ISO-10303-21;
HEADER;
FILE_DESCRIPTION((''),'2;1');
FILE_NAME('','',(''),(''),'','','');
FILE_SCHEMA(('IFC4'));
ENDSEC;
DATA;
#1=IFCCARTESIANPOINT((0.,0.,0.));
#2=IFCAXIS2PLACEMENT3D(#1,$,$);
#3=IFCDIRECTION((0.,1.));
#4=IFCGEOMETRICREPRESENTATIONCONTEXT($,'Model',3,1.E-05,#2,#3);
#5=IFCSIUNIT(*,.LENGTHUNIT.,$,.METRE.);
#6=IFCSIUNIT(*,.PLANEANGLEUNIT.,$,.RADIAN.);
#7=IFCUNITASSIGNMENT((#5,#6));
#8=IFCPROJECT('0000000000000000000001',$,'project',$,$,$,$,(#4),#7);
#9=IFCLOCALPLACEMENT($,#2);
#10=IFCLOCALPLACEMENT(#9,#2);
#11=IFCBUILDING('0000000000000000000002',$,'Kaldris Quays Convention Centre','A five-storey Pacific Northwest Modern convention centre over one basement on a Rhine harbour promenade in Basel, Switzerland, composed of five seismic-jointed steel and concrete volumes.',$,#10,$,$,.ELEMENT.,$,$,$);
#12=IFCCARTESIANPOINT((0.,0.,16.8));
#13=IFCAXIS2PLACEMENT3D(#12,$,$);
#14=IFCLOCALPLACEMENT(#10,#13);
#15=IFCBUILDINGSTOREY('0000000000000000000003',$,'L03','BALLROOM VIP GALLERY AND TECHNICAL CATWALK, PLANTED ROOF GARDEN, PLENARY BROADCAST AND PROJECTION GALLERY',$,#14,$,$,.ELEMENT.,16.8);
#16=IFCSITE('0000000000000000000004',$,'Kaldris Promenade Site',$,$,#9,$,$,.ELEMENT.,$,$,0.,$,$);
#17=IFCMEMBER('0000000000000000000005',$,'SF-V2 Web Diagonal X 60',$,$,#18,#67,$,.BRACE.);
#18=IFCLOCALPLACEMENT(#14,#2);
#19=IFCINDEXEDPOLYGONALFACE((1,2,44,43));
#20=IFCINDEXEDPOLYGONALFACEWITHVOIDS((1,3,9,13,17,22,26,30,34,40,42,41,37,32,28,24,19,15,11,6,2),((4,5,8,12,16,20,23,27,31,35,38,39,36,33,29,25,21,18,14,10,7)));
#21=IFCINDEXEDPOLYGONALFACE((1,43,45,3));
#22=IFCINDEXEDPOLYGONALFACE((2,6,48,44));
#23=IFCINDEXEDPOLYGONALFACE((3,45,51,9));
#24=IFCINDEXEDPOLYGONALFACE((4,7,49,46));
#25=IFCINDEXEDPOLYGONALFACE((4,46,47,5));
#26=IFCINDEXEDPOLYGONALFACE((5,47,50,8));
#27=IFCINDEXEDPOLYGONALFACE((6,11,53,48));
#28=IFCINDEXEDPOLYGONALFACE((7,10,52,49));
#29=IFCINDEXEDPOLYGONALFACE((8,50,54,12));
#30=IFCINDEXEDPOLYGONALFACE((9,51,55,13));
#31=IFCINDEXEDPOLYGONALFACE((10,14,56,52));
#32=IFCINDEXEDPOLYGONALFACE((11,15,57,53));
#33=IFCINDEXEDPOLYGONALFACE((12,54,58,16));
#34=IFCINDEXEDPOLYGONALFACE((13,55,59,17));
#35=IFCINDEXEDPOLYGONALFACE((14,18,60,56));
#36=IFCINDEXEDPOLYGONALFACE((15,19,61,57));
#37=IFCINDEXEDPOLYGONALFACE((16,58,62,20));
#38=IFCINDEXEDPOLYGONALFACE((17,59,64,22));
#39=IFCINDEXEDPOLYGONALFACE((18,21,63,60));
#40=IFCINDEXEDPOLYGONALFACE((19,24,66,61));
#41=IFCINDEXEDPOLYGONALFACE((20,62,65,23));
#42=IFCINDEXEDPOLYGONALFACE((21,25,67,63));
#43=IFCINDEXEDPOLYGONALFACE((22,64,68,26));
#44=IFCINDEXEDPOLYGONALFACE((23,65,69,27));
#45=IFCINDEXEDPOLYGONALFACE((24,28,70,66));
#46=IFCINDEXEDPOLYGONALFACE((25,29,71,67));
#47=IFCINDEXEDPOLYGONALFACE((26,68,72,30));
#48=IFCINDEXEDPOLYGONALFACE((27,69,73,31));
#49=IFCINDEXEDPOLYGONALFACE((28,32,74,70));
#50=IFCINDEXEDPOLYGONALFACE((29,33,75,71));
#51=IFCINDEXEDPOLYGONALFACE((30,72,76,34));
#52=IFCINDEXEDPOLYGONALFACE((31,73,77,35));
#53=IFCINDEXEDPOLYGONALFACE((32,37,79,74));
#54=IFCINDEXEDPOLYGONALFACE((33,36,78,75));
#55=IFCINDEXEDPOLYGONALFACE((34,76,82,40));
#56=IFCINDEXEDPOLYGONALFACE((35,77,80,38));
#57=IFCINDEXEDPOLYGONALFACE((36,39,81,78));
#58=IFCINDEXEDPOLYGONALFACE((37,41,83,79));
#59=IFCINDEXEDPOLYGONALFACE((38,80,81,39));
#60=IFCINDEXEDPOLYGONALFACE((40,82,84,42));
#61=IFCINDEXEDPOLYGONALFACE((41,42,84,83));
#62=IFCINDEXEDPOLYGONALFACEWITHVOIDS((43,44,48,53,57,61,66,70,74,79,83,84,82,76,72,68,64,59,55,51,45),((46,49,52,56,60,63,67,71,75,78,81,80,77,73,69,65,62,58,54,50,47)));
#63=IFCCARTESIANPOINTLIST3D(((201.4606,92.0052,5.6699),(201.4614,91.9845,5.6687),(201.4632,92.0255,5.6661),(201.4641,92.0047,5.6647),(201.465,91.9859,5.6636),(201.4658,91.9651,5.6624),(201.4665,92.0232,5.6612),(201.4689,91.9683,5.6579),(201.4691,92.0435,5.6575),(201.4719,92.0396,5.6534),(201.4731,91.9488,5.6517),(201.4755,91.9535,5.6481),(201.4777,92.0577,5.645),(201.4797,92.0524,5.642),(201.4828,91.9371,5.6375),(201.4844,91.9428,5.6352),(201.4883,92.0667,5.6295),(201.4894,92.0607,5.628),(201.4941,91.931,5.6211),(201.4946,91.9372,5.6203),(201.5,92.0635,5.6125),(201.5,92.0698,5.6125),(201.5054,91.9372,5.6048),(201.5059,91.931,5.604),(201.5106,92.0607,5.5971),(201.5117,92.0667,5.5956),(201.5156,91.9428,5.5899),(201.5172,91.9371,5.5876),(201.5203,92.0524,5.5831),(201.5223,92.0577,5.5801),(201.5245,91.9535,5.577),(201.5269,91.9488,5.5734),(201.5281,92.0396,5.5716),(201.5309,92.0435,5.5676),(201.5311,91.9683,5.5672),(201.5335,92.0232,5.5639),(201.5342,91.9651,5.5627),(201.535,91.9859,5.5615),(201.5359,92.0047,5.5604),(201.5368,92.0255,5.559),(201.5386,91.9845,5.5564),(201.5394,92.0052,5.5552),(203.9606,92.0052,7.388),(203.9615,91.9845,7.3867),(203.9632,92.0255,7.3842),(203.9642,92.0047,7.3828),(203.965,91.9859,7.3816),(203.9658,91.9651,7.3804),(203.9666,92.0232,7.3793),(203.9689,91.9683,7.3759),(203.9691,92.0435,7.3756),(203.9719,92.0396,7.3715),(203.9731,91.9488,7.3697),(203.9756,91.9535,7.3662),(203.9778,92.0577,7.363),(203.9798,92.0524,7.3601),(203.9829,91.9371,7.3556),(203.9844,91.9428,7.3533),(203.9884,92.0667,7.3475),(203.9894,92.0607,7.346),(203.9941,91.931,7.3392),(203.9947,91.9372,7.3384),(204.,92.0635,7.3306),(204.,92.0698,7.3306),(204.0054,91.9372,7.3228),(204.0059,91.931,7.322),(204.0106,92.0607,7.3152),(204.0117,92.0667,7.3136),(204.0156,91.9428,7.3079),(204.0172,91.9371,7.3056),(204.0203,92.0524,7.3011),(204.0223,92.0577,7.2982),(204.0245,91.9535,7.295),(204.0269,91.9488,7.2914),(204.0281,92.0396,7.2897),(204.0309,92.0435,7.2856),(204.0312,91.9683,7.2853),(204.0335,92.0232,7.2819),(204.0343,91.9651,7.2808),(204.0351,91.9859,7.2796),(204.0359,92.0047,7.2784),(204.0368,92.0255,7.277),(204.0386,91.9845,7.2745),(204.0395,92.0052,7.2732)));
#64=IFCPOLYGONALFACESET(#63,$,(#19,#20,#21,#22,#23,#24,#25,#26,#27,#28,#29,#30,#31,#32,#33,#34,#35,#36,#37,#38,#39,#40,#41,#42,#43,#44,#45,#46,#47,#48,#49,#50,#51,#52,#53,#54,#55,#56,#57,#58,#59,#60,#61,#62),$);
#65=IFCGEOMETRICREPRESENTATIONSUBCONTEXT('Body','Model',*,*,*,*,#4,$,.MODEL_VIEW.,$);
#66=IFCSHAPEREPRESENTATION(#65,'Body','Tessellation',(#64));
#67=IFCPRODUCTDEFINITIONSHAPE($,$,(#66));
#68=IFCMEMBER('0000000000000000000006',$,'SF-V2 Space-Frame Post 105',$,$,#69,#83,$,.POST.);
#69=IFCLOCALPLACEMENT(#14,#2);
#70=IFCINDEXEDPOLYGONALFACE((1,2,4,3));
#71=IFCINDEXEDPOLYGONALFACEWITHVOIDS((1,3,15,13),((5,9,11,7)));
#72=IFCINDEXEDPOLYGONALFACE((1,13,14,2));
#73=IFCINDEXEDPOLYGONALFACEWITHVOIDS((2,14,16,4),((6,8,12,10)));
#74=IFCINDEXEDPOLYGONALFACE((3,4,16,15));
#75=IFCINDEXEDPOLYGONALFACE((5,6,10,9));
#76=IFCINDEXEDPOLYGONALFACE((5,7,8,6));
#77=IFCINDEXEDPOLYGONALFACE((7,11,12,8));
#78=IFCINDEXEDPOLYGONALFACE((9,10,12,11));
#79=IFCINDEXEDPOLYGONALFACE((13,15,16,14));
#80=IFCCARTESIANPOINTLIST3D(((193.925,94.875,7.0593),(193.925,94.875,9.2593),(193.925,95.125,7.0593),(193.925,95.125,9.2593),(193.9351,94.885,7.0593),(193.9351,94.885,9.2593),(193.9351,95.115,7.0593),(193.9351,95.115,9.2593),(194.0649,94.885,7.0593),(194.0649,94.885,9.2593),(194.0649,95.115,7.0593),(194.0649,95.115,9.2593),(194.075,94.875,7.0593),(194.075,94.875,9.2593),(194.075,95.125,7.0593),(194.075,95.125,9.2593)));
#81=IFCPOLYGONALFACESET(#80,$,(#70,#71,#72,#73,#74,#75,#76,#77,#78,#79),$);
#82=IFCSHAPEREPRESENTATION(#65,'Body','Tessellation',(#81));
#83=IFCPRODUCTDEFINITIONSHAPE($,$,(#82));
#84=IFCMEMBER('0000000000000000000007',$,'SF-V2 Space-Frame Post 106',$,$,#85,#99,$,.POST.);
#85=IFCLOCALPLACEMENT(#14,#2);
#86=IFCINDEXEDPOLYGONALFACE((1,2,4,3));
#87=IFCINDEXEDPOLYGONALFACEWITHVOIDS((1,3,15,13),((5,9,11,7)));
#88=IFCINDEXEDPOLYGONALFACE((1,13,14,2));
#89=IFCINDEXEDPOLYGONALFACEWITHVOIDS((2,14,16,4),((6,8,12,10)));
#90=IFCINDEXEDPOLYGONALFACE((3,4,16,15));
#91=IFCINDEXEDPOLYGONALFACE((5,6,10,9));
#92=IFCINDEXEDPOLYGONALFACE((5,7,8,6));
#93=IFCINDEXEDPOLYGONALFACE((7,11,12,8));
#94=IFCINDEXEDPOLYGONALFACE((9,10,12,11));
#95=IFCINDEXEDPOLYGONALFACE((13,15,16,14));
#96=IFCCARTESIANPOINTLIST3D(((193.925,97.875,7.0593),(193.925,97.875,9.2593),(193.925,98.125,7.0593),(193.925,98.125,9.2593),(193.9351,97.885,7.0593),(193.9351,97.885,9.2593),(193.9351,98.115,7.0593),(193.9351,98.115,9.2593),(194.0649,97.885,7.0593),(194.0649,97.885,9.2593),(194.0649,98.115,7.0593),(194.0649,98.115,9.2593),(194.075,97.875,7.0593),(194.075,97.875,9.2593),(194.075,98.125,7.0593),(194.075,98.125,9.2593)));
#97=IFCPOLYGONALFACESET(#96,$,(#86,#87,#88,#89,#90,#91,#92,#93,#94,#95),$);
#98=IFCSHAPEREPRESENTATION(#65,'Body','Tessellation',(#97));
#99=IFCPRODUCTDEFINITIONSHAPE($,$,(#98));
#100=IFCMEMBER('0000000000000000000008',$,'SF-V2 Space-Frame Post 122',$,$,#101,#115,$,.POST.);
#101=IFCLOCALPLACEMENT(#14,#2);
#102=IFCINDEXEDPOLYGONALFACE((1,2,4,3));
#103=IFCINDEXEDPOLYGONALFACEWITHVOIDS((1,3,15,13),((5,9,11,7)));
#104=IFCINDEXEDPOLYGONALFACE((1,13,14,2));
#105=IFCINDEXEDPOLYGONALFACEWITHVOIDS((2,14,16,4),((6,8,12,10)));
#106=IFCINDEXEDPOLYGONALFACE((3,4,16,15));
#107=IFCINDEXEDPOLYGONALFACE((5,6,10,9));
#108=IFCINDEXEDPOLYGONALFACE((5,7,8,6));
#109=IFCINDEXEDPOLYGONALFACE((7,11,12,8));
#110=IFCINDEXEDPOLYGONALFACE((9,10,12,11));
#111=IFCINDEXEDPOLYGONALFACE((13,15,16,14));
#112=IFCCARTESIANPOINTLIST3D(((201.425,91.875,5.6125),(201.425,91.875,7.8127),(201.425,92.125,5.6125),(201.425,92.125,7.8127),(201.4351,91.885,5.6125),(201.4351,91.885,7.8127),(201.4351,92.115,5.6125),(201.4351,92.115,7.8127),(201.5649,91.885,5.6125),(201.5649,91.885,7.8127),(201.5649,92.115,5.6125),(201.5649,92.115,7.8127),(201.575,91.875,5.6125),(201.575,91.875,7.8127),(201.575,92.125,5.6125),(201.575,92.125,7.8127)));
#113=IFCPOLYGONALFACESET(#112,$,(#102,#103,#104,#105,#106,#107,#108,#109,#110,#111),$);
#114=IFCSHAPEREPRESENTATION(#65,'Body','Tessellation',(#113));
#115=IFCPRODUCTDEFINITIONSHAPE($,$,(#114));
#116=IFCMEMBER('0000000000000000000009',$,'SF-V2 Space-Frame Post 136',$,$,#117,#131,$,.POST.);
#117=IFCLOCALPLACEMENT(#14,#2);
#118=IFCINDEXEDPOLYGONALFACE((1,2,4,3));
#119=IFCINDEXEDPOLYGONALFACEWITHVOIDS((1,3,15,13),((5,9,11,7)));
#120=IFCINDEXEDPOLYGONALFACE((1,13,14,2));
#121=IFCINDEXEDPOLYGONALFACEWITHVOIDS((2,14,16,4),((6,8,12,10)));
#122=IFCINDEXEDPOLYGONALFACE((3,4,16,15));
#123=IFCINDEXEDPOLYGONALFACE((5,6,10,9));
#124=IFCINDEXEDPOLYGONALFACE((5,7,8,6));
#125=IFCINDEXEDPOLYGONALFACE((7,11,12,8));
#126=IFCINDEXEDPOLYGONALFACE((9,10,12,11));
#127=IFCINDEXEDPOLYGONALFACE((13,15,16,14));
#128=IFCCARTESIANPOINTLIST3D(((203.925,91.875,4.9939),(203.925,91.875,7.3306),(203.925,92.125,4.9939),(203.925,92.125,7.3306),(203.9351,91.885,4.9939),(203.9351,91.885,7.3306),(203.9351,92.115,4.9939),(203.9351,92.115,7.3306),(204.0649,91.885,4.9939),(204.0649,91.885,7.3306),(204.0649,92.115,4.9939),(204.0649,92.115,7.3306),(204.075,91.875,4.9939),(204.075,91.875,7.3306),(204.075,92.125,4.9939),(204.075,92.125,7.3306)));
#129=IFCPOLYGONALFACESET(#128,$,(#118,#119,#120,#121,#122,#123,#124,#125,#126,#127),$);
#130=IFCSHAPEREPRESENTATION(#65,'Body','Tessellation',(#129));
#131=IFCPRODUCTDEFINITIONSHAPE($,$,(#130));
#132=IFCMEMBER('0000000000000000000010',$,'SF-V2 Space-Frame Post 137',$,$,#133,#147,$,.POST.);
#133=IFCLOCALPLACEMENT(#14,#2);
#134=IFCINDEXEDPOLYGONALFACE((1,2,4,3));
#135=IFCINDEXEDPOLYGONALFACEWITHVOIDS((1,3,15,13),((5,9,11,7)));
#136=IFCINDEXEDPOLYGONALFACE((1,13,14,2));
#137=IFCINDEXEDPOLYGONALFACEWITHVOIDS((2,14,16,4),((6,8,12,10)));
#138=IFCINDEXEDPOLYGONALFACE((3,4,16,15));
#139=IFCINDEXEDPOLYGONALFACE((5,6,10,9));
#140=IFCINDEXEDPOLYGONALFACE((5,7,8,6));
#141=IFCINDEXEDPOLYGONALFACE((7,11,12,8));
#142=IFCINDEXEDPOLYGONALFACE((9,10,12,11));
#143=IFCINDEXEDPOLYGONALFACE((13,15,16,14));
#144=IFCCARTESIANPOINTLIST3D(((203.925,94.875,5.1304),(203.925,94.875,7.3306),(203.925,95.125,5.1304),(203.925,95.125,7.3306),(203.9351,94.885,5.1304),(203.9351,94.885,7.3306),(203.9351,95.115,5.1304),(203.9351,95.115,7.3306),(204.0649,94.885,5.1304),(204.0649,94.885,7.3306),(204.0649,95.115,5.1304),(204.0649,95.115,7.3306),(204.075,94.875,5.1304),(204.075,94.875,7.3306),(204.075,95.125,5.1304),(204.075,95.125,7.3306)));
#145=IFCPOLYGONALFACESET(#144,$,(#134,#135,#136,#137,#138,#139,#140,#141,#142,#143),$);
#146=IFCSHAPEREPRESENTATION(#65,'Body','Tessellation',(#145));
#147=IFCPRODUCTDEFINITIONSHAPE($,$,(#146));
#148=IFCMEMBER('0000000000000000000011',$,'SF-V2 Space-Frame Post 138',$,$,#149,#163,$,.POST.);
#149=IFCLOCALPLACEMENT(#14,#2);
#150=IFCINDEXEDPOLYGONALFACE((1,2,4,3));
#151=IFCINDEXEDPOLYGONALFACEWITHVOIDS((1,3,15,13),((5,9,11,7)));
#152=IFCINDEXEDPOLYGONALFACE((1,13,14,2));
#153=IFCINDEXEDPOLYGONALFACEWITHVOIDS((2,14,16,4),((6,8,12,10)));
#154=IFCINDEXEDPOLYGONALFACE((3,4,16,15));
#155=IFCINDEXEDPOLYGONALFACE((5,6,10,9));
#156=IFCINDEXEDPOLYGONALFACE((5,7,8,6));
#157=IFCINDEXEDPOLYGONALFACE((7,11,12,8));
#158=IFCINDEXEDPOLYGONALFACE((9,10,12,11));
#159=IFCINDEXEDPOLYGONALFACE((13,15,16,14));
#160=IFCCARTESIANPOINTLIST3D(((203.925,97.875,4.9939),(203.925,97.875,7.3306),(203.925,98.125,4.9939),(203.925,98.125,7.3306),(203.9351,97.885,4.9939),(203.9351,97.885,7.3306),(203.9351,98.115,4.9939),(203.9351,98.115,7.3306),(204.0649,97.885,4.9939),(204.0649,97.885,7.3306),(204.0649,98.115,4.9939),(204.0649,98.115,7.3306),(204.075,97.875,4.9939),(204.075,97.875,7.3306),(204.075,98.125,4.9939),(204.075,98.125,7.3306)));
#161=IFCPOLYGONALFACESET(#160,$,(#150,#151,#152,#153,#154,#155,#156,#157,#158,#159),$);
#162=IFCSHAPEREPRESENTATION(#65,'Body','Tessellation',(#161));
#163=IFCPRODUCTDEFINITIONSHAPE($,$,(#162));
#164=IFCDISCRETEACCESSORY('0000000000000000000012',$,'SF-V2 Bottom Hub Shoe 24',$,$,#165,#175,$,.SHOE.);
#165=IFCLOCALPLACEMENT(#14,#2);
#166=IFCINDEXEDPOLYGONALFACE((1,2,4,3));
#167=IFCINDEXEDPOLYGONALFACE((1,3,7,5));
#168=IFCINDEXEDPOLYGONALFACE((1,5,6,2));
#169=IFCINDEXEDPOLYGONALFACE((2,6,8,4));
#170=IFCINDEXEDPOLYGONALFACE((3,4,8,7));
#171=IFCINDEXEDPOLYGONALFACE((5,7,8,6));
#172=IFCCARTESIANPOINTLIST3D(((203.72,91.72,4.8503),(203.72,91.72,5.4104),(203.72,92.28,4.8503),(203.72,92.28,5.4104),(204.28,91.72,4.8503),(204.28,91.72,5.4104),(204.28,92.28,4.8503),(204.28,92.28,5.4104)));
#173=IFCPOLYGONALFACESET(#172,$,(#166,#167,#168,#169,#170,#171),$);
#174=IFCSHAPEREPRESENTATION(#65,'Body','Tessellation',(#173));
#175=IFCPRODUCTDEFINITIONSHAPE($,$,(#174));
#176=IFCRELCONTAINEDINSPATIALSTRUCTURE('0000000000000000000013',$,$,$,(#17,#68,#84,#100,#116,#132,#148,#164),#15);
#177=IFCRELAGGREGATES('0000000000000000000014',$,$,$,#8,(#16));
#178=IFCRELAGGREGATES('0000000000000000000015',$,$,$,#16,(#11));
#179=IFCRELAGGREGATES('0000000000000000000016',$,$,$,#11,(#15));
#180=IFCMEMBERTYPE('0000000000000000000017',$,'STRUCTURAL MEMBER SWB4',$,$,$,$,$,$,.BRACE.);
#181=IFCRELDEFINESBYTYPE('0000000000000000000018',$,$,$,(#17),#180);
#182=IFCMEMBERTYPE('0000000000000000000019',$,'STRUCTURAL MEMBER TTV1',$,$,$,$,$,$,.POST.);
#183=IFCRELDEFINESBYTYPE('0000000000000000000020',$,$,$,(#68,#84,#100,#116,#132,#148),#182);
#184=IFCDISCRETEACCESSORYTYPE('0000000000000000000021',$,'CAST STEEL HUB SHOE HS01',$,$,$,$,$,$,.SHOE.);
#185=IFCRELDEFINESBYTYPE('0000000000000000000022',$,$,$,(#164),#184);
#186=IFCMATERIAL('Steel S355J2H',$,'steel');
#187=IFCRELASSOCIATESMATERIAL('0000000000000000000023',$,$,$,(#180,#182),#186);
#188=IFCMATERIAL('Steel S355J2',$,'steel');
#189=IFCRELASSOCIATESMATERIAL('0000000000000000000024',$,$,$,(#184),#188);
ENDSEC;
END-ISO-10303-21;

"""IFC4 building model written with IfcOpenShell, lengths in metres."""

from ifc_helpers import new_model, si_unit, direction, frame, origin, origin_2d, place, context, subcontext, project, spatial, rectangle, hollow_rectangle, hollow_circle, extrude, material, material_profile, profile_set, type_object, element, save


model = new_model("IFC4")

# Units and contexts
model_context = context("Model", 3, precision=1e-05, world=origin(), true_north=direction((0.0, 1.0)))
body_context = subcontext(model_context, "Body", "Model", "MODEL_VIEW")
ifc_project = project(units=[si_unit("LENGTHUNIT", "METRE"), si_unit("PLANEANGLEUNIT", "RADIAN")], contexts=[model_context])

# Site, building, storey
site_placement = place(None, origin())
site = spatial("IfcSite", under=ifc_project, at=site_placement, Name="Kaldris Promenade Site", CompositionType="ELEMENT", RefElevation=0.0)
building_placement = place(site_placement, origin())
building = spatial("IfcBuilding", under=site, at=building_placement, Name="Kaldris Quays Convention Centre", Description="A five-storey Pacific Northwest Modern convention centre over one basement on a Rhine harbour promenade in Basel, Switzerland, composed of five seismic-jointed steel and concrete volumes.", CompositionType="ELEMENT")
storey_placement = place(building_placement, frame((0.0, 0.0, 16.8)))
storey = spatial("IfcBuildingStorey", under=building, at=storey_placement, Name="L03", Description="BALLROOM VIP GALLERY AND TECHNICAL CATWALK, PLANTED ROOF GARDEN, PLENARY BROADCAST AND PROJECTION GALLERY", CompositionType="ELEMENT", Elevation=16.8)

# Shared definitions
ifc_material_1 = material(Name="Steel S355J2", Category="steel")

# Members
ifc_material_2 = material(Name="Steel S355J2H", Category="steel")
ifc_material_profile_1 = material_profile(ifc_material_2, hollow_circle(Radius=0.0698, WallThickness=0.0063, at=origin_2d()), Name="CHS 139.7x6.3")
ifc_profile_set_1 = profile_set([ifc_material_profile_1], Name="Steel S355J2H")
member_type_1 = type_object("IfcMemberType", Name="STRUCTURAL MEMBER SWB4", PredefinedType="BRACE", material=ifc_profile_set_1)
member_1_placement = place(storey_placement, frame((201.5, 92.0, 5.6125), z_axis=(0.824155, 0.0, 0.566365), x_axis=(0.0, 1.0, 0.0)))
element("IfcMember", 1, at=member_1_placement, inside=storey, type_object=member_type_1, Name="SF-V2 Web Diagonal X 60", PredefinedType="BRACE", context=body_context, shape_type="SweptSolid", body=[
    extrude(hollow_circle(Radius=0.0698, WallThickness=0.0063, at=origin_2d()), origin(), (0.0, 0.0, 1.0), 3.0334),
])
ifc_material_profile_2 = material_profile(ifc_material_2, hollow_rectangle(XDim=0.1499, YDim=0.25, WallThickness=0.01, at=origin_2d()), Name="RHS 250x150x10")
ifc_profile_set_2 = profile_set([ifc_material_profile_2], Name="Steel S355J2H")
member_type_2 = type_object("IfcMemberType", Name="STRUCTURAL MEMBER TTV1", PredefinedType="POST", material=ifc_profile_set_2)
for number, where, z_axis, x_axis, name in (
    (2, (194.0, 95.0, 7.0593), (0.0, 0.0, 1.0), (1.0, 0.0, 0.0), "SF-V2 Space-Frame Post 105"),
    (3, (194.0, 98.0, 7.0593), (0.0, 0.0, 1.0), (1.0, 0.0, 0.0), "SF-V2 Space-Frame Post 106"),
):
    element("IfcMember", number, at=place(storey_placement, frame(where, z_axis=z_axis, x_axis=x_axis)), inside=storey, type_object=member_type_2, Name=name, PredefinedType="POST", context=body_context, shape_type="SweptSolid", body=[
        extrude(hollow_rectangle(XDim=0.1499, YDim=0.25, WallThickness=0.01, at=origin_2d()), origin(), (0.0, 0.0, 1.0), 2.2),
    ])
member_2_placement = place(storey_placement, frame((201.5, 92.0, 5.6125), z_axis=(0.0, 0.0, 1.0), x_axis=(1.0, 0.0, 0.0)))
element("IfcMember", 4, at=member_2_placement, inside=storey, type_object=member_type_2, Name="SF-V2 Space-Frame Post 122", PredefinedType="POST", context=body_context, shape_type="SweptSolid", body=[
    extrude(hollow_rectangle(XDim=0.1499, YDim=0.25, WallThickness=0.01, at=origin_2d()), origin(), (0.0, 0.0, 1.0), 2.2002),
])
member_3_placement = place(storey_placement, frame((204.0, 92.0, 4.9939), z_axis=(0.0, 0.0, 1.0), x_axis=(1.0, 0.0, 0.0)))
element("IfcMember", 5, at=member_3_placement, inside=storey, type_object=member_type_2, Name="SF-V2 Space-Frame Post 136", PredefinedType="POST", context=body_context, shape_type="SweptSolid", body=[
    extrude(hollow_rectangle(XDim=0.1499, YDim=0.25, WallThickness=0.01, at=origin_2d()), origin(), (0.0, 0.0, 1.0), 2.3367),
])
member_4_placement = place(storey_placement, frame((204.0, 95.0, 5.1304), z_axis=(0.0, 0.0, 1.0), x_axis=(1.0, 0.0, 0.0)))
element("IfcMember", 6, at=member_4_placement, inside=storey, type_object=member_type_2, Name="SF-V2 Space-Frame Post 137", PredefinedType="POST", context=body_context, shape_type="SweptSolid", body=[
    extrude(hollow_rectangle(XDim=0.1499, YDim=0.25, WallThickness=0.01, at=origin_2d()), origin(), (0.0, 0.0, 1.0), 2.2002),
])
member_5_placement = place(storey_placement, frame((204.0, 98.0, 4.9939), z_axis=(0.0, 0.0, 1.0), x_axis=(1.0, 0.0, 0.0)))
element("IfcMember", 7, at=member_5_placement, inside=storey, type_object=member_type_2, Name="SF-V2 Space-Frame Post 138", PredefinedType="POST", context=body_context, shape_type="SweptSolid", body=[
    extrude(hollow_rectangle(XDim=0.1499, YDim=0.25, WallThickness=0.01, at=origin_2d()), origin(), (0.0, 0.0, 1.0), 2.3367),
])

# Discrete accessory
discrete_accessory_type = type_object("IfcDiscreteAccessoryType", Name="CAST STEEL HUB SHOE HS01", PredefinedType="SHOE", material=ifc_material_1)
discrete_accessory_placement = place(storey_placement, frame((204.0, 92.0, 4.8503), z_axis=(0.0, 0.0, 1.0), x_axis=(1.0, 0.0, 0.0)))
element("IfcDiscreteAccessory", 8, at=discrete_accessory_placement, inside=storey, type_object=discrete_accessory_type, Name="SF-V2 Bottom Hub Shoe 24", PredefinedType="SHOE", context=body_context, shape_type="SweptSolid", body=[
    extrude(rectangle(XDim=0.5601, YDim=0.5601, at=origin_2d()), origin(), (0.0, 0.0, 1.0), 0.5601),
])

save(model, "model.ifc")
